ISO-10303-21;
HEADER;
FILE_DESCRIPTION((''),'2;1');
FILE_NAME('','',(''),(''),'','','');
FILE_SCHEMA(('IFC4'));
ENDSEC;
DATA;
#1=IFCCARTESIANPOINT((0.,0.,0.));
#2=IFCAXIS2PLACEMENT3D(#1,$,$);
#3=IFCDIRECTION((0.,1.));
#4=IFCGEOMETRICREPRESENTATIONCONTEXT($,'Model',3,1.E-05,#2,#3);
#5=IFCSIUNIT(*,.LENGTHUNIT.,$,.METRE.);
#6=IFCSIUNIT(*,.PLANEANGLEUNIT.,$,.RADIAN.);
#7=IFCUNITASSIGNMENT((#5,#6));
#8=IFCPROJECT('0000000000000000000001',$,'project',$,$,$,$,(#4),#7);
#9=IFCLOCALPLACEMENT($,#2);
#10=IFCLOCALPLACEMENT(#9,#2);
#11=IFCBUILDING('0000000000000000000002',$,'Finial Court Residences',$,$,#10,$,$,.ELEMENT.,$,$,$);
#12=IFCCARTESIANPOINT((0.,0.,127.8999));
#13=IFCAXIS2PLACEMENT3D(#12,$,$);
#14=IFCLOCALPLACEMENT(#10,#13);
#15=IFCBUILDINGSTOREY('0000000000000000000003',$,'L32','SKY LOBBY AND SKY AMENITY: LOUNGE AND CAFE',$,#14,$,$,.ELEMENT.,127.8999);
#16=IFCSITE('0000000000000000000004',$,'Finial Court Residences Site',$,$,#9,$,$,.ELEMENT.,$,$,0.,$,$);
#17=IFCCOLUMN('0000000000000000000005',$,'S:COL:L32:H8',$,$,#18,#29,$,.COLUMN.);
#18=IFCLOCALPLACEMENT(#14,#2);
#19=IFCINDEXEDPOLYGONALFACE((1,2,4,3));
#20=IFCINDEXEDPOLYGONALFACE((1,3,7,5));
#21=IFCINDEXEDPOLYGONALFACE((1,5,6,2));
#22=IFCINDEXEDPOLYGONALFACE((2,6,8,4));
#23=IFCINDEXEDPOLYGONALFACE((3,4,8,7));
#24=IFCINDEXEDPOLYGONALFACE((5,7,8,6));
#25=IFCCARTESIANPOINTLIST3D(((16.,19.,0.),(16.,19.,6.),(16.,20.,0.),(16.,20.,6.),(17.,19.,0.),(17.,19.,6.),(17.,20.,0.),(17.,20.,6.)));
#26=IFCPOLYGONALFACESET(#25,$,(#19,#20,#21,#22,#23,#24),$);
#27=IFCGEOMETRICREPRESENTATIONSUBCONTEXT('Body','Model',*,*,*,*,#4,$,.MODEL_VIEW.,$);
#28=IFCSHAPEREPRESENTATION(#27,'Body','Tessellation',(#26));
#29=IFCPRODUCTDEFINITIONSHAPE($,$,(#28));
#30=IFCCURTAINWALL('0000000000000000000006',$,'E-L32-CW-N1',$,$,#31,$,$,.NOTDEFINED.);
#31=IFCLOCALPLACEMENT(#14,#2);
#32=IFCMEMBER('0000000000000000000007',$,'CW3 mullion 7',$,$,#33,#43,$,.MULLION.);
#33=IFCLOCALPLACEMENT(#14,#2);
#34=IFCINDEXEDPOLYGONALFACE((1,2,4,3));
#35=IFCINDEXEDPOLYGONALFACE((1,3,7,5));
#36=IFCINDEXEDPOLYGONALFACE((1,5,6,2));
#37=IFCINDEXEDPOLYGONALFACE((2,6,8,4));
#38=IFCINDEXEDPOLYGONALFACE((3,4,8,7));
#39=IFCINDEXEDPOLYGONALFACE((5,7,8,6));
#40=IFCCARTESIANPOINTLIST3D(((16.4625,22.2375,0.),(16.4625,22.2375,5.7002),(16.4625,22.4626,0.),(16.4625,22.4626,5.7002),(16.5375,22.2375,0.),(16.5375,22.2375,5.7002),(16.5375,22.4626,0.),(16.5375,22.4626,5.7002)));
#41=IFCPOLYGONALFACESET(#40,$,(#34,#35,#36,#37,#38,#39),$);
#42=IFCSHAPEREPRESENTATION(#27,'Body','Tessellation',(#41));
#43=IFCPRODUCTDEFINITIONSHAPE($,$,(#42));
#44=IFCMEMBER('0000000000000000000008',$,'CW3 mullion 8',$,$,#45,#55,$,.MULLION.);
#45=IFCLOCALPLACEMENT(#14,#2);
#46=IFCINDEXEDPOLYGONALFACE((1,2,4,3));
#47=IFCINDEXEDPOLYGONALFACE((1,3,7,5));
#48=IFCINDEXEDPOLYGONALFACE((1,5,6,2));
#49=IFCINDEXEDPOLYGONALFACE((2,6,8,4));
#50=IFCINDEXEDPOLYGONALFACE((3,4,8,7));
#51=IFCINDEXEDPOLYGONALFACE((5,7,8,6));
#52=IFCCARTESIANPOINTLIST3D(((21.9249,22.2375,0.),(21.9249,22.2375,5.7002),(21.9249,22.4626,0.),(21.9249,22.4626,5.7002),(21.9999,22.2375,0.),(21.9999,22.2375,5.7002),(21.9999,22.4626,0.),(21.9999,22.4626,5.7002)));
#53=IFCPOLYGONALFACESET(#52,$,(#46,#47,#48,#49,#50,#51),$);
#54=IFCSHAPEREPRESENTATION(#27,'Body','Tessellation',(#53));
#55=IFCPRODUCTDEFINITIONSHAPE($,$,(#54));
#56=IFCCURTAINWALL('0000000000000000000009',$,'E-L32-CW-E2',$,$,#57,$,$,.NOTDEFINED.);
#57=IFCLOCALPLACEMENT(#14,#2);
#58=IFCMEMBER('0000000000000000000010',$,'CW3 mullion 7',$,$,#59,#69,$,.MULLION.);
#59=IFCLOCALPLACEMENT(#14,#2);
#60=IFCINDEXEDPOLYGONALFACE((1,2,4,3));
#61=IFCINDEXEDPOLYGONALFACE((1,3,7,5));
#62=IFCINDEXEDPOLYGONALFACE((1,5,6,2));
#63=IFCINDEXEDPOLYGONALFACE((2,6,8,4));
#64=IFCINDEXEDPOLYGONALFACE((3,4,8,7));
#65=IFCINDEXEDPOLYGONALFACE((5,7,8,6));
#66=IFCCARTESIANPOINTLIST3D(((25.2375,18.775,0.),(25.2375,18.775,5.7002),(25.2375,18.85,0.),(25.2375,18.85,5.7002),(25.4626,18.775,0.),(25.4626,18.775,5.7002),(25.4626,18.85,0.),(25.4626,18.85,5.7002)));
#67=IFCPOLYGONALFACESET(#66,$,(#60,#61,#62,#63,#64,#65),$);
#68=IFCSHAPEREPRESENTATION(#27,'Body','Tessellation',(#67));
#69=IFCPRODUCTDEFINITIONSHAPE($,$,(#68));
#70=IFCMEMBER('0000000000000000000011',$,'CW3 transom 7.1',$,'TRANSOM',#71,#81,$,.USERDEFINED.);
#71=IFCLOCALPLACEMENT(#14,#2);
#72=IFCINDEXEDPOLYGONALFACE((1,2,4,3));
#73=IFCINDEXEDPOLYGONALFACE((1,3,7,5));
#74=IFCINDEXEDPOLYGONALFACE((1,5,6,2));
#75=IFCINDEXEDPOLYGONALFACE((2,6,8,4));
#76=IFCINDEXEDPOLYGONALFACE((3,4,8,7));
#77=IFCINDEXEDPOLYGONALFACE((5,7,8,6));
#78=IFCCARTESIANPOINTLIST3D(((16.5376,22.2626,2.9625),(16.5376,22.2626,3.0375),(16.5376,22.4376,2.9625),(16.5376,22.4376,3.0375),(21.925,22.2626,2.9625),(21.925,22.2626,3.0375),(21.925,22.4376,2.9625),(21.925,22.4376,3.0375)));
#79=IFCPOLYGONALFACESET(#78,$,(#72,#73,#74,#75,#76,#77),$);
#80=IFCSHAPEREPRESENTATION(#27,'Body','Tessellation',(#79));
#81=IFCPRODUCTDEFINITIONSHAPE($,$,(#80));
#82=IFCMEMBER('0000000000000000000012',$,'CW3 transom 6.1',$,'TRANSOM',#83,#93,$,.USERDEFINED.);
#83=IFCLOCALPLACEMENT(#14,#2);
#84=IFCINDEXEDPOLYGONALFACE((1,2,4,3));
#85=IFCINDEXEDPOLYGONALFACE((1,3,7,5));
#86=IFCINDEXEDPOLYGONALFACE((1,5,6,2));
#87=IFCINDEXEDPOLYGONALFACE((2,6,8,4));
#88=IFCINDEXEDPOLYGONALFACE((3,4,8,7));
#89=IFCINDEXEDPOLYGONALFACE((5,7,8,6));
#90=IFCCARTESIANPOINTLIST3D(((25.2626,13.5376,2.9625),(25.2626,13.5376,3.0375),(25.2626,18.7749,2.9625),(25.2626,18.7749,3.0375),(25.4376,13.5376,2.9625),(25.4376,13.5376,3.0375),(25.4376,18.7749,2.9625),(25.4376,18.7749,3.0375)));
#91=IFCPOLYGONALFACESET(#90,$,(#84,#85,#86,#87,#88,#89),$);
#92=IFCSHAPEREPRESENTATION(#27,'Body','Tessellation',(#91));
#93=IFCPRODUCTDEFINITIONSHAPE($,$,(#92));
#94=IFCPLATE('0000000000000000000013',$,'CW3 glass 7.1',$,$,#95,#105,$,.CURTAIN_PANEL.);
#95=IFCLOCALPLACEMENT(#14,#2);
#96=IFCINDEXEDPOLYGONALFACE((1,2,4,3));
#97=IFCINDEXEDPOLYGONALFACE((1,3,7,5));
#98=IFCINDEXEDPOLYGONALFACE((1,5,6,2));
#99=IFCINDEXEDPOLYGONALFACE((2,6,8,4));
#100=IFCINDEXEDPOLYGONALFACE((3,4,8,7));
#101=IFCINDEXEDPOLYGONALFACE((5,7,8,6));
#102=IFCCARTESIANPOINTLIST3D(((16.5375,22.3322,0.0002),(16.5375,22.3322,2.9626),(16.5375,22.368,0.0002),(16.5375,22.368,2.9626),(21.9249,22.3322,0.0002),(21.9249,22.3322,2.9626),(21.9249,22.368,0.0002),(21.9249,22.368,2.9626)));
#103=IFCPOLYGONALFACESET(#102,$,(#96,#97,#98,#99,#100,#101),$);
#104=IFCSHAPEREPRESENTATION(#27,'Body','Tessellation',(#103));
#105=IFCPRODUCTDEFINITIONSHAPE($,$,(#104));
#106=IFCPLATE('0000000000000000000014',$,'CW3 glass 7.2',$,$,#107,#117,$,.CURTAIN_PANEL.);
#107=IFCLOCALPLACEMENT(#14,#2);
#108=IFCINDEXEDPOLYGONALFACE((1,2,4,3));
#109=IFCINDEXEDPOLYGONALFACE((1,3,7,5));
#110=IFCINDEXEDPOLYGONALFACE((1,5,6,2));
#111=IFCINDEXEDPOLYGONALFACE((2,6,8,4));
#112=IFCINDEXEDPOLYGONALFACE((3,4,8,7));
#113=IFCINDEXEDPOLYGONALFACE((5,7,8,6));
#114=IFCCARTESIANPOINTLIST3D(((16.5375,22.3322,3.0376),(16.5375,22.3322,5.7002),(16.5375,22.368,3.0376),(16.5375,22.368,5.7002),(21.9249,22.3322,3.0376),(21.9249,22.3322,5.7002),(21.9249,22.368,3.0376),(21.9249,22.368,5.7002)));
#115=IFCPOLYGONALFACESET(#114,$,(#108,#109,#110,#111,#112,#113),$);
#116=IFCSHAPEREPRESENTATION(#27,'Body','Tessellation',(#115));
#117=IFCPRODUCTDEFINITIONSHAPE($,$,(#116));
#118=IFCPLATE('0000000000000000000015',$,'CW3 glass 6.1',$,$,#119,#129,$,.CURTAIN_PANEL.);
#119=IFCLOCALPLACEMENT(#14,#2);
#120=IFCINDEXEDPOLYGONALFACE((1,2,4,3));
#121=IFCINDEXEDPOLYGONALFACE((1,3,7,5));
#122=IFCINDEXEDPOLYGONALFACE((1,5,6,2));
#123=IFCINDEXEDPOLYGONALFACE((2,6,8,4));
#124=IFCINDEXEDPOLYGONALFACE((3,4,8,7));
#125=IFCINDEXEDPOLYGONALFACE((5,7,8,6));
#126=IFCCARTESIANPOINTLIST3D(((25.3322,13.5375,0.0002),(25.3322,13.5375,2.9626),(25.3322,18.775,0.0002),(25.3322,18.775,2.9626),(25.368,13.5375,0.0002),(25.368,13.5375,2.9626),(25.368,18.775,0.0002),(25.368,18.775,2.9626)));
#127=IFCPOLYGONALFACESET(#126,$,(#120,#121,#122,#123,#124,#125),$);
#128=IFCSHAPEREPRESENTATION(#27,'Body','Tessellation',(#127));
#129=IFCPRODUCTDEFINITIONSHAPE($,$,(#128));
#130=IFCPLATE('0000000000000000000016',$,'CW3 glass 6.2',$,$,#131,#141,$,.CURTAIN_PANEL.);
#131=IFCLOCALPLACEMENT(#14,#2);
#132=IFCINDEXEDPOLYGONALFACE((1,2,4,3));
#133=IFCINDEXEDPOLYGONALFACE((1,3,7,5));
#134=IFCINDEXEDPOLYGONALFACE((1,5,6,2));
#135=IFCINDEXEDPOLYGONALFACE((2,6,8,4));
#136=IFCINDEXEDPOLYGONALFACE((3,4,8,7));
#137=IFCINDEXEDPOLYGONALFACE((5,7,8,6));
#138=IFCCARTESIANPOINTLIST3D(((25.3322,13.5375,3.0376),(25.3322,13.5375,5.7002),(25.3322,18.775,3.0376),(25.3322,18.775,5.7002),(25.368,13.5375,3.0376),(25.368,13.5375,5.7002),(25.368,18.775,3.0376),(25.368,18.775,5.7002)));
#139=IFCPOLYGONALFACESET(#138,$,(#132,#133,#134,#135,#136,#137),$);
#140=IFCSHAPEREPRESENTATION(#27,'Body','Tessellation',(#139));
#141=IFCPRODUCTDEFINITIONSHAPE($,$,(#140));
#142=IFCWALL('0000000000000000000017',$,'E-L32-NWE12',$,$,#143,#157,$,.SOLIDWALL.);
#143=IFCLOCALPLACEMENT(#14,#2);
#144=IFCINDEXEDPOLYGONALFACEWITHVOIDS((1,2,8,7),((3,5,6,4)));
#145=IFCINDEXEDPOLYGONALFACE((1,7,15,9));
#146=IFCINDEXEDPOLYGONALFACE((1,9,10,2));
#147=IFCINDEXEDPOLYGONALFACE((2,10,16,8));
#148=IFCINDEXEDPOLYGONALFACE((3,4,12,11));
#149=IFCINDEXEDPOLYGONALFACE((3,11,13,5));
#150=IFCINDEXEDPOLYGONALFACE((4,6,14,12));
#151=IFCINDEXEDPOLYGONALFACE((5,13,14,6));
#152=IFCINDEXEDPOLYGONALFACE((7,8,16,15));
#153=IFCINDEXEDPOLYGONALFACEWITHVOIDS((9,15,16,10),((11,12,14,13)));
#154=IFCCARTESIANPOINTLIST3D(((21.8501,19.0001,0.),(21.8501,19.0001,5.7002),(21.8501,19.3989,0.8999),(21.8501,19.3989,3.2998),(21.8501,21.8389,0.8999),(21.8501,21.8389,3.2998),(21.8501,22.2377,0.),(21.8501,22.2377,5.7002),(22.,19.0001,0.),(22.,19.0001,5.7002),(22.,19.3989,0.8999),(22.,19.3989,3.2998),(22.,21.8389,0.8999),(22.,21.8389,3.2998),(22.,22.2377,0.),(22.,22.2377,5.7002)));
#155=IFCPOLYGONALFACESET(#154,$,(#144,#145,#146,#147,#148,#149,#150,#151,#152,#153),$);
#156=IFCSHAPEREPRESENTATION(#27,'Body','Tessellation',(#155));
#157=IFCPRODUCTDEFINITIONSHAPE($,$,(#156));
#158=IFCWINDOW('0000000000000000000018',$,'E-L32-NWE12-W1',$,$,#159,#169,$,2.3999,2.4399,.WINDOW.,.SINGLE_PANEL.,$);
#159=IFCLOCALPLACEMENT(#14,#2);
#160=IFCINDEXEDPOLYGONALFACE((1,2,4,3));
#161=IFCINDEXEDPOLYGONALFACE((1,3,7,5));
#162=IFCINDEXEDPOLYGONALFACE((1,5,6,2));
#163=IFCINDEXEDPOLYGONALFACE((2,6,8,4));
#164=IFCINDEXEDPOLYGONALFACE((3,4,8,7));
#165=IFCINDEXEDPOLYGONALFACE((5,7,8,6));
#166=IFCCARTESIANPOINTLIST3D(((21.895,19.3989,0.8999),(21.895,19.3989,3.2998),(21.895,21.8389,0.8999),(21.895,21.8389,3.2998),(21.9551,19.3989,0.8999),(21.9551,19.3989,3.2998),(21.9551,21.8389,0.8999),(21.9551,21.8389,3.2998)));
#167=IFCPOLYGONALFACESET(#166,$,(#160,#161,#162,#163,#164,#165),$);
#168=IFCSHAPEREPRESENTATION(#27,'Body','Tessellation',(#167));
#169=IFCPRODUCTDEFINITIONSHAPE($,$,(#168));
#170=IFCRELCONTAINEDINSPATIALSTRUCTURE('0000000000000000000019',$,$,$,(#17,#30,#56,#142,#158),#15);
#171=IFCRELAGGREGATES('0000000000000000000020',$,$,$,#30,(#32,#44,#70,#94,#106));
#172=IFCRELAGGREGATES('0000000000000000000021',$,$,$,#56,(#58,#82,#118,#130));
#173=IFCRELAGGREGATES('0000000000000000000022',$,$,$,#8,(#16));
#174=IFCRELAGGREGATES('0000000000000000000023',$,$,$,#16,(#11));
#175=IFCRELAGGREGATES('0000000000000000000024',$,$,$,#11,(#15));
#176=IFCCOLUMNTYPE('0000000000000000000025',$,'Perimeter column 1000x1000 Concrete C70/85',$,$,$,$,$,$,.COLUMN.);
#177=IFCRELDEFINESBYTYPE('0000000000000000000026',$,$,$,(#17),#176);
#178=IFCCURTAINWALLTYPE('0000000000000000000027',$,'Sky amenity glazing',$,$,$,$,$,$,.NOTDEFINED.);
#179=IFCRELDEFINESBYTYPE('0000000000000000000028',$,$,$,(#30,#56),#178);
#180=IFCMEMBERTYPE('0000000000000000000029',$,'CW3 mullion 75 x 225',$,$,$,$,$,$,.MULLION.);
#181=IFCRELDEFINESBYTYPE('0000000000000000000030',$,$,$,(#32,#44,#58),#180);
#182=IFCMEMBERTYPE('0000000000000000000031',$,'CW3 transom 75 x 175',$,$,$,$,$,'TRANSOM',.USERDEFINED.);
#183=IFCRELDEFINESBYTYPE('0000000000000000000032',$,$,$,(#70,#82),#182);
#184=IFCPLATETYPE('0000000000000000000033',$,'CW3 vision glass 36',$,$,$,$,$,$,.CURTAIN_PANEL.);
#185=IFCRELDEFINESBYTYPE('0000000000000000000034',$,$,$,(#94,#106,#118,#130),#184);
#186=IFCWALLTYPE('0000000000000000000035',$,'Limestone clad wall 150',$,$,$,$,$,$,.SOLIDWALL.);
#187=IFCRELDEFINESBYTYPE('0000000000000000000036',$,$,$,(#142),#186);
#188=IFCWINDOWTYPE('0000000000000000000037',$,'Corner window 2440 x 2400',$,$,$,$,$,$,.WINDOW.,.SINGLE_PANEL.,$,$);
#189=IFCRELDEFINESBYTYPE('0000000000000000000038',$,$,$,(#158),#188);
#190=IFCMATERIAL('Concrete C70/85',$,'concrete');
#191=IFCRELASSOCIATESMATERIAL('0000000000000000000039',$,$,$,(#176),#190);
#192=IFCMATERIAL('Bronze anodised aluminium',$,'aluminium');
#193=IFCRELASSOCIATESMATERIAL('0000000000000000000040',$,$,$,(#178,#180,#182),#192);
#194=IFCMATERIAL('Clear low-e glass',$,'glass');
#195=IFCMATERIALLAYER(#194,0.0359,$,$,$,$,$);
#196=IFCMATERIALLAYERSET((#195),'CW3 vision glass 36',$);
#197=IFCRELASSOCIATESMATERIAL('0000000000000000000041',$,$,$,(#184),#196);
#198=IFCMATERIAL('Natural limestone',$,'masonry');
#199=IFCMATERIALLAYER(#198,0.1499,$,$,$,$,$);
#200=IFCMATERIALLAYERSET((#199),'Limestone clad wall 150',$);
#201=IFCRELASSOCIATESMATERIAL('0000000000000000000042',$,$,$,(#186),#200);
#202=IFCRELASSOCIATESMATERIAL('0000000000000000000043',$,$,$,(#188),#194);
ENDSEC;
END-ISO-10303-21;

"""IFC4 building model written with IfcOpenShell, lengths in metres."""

from ifc_helpers import new_model, si_unit, direction, frame, frame_2d, origin, origin_2d, place, context, subcontext, project, spatial, rectangle, extrude, material, layer, layer_set, material_profile, profile_set, type_object, element, fill, aggregate, save


model = new_model("IFC4")

# Units and contexts
model_context = context("Model", 3, precision=1e-05, world=origin(), true_north=direction((0.0, 1.0)))
body_context = subcontext(model_context, "Body", "Model", "MODEL_VIEW")
ifc_project = project(units=[si_unit("LENGTHUNIT", "METRE"), si_unit("PLANEANGLEUNIT", "RADIAN")], contexts=[model_context])

# Site, building, storey
site_placement = place(None, origin())
site = spatial("IfcSite", under=ifc_project, at=site_placement, Name="Finial Court Residences Site", CompositionType="ELEMENT", RefElevation=0.0)
building_placement = place(site_placement, origin())
building = spatial("IfcBuilding", under=site, at=building_placement, Name="Finial Court Residences", CompositionType="ELEMENT")
storey_placement = place(building_placement, frame((0.0, 0.0, 127.8999)))
storey = spatial("IfcBuildingStorey", under=building, at=storey_placement, Name="L32", Description="SKY LOBBY AND SKY AMENITY: LOUNGE AND CAFE", CompositionType="ELEMENT", Elevation=127.8999)

# Column
ifc_material_1 = material(Name="Concrete C70/85", Category="concrete")
ifc_material_profile_1 = material_profile(ifc_material_1, rectangle(XDim=1.0, YDim=1.0, at=origin_2d()), Name="1000x1000")
ifc_profile_set_1 = profile_set([ifc_material_profile_1], Name="Concrete C70/85")
column_type = type_object("IfcColumnType", Name="Perimeter column 1000x1000 Concrete C70/85", PredefinedType="COLUMN", material=ifc_profile_set_1)
column_placement = place(storey_placement, frame((16.5, 19.5, 0.0), z_axis=(0.0, 0.0, 1.0), x_axis=(1.0, 0.0, 0.0)))
element("IfcColumn", 1, at=column_placement, inside=storey, type_object=column_type, Name="S:COL:L32:H8", PredefinedType="COLUMN", context=body_context, shape_type="SweptSolid", body=[
    extrude(rectangle(XDim=1.0, YDim=1.0, at=origin_2d()), origin(), (0.0, 0.0, 1.0), 6.0),
])

# Curtain wall, members
ifc_material_2 = material(Name="Bronze anodised aluminium", Category="aluminium")
curtain_wall_type = type_object("IfcCurtainWallType", Name="Sky amenity glazing", PredefinedType="NOTDEFINED", material=ifc_material_2)
curtain_wall_1_placement = place(storey_placement, origin())
curtain_wall_1 = element("IfcCurtainWall", 2, at=curtain_wall_1_placement, inside=storey, type_object=curtain_wall_type, Name="E-L32-CW-N1", PredefinedType="NOTDEFINED")
ifc_material_profile_2 = material_profile(ifc_material_2, rectangle(XDim=0.2251, YDim=0.075, at=origin_2d()), Name="CW3 mullion 75 x 225")
ifc_profile_set_2 = profile_set([ifc_material_profile_2], Name="Bronze anodised aluminium")
member_type_1 = type_object("IfcMemberType", Name="CW3 mullion 75 x 225", PredefinedType="MULLION", material=ifc_profile_set_2)
member_1_placement = place(storey_placement, frame((16.5, 22.3501, 0.0), z_axis=(0.0, 0.0, 1.0), x_axis=(0.0, 1.0, 0.0)))
member_1 = element("IfcMember", 3, at=member_1_placement, type_object=member_type_1, Name="CW3 mullion 7", PredefinedType="MULLION", context=body_context, shape_type="SweptSolid", body=[
    extrude(rectangle(XDim=0.2251, YDim=0.075, at=origin_2d()), origin(), (0.0, 0.0, 1.0), 5.7002),
])
member_2_placement = place(storey_placement, frame((21.9624, 22.3501, 0.0), z_axis=(0.0, 0.0, 1.0), x_axis=(0.0, 1.0, 0.0)))
member_2 = element("IfcMember", 4, at=member_2_placement, type_object=member_type_1, Name="CW3 mullion 8", PredefinedType="MULLION", context=body_context, shape_type="SweptSolid", body=[
    extrude(rectangle(XDim=0.2251, YDim=0.075, at=origin_2d()), origin(), (0.0, 0.0, 1.0), 5.7002),
])

# Curtain wall, member
curtain_wall_2_placement = place(storey_placement, origin())
curtain_wall_2 = element("IfcCurtainWall", 5, at=curtain_wall_2_placement, inside=storey, type_object=curtain_wall_type, Name="E-L32-CW-E2", PredefinedType="NOTDEFINED")
member_3_placement = place(storey_placement, frame((25.3501, 18.8125, 0.0), z_axis=(0.0, 0.0, 1.0), x_axis=(-1.0, 0.0, 0.0)))
member_3 = element("IfcMember", 6, at=member_3_placement, type_object=member_type_1, Name="CW3 mullion 7", PredefinedType="MULLION", context=body_context, shape_type="SweptSolid", body=[
    extrude(rectangle(XDim=0.2251, YDim=0.075, at=origin_2d()), origin(), (0.0, 0.0, 1.0), 5.7002),
])

# Members
ifc_material_profile_3 = material_profile(ifc_material_2, rectangle(XDim=0.175, YDim=0.075, at=origin_2d()), Name="CW3 transom 75 x 175")
ifc_profile_set_3 = profile_set([ifc_material_profile_3], Name="Bronze anodised aluminium")
member_type_2 = type_object("IfcMemberType", Name="CW3 transom 75 x 175", ElementType="TRANSOM", PredefinedType="USERDEFINED", material=ifc_profile_set_3)
member_4_placement = place(storey_placement, frame((16.5376, 22.3501, 3.0), z_axis=(1.0, 0.0, 0.0), x_axis=(0.0, 1.0, 0.0)))
member_4 = element("IfcMember", 7, at=member_4_placement, type_object=member_type_2, Name="CW3 transom 7.1", ObjectType="TRANSOM", PredefinedType="USERDEFINED", context=body_context, shape_type="SweptSolid", body=[
    extrude(rectangle(XDim=0.175, YDim=0.075, at=origin_2d()), origin(), (0.0, 0.0, 1.0), 5.3875),
])
member_5_placement = place(storey_placement, frame((25.3501, 13.5376, 3.0), z_axis=(0.0, 1.0, 0.0), x_axis=(-1.0, 0.0, 0.0)))
member_5 = element("IfcMember", 8, at=member_5_placement, type_object=member_type_2, Name="CW3 transom 6.1", ObjectType="TRANSOM", PredefinedType="USERDEFINED", context=body_context, shape_type="SweptSolid", body=[
    extrude(rectangle(XDim=0.175, YDim=0.075, at=origin_2d()), origin(), (0.0, 0.0, 1.0), 5.2373),
])

# Plates
ifc_material_3 = material(Name="Clear low-e glass", Category="glass")
ifc_layer_1 = layer(ifc_material_3, 0.0359)
ifc_layer_set_1 = layer_set([ifc_layer_1], Name="CW3 vision glass 36")
plate_type = type_object("IfcPlateType", Name="CW3 vision glass 36", PredefinedType="CURTAIN_PANEL", material=ifc_layer_set_1)
plate_1_placement = place(storey_placement, frame((19.2312, 22.3501, 0.0002), z_axis=(0.0, 0.0, 1.0), x_axis=(1.0, 0.0, 0.0)))
plate_1 = element("IfcPlate", 9, at=plate_1_placement, type_object=plate_type, Name="CW3 glass 7.1", PredefinedType="CURTAIN_PANEL", context=body_context, shape_type="SweptSolid", body=[
    extrude(rectangle(XDim=5.3875, YDim=0.0359, at=origin_2d()), origin(), (0.0, 0.0, 1.0), 2.9624),
])
plate_2_placement = place(storey_placement, frame((19.2312, 22.3501, 3.0376), z_axis=(0.0, 0.0, 1.0), x_axis=(1.0, 0.0, 0.0)))
plate_2 = element("IfcPlate", 10, at=plate_2_placement, type_object=plate_type, Name="CW3 glass 7.2", PredefinedType="CURTAIN_PANEL", context=body_context, shape_type="SweptSolid", body=[
    extrude(rectangle(XDim=5.3875, YDim=0.0359, at=origin_2d()), origin(), (0.0, 0.0, 1.0), 2.6626),
])
aggregate(curtain_wall_1, [member_1, member_2, member_4, plate_1, plate_2])
plate_3_placement = place(storey_placement, frame((25.3501, 16.1562, 0.0002), z_axis=(0.0, 0.0, 1.0), x_axis=(0.0, 1.0, 0.0)))
plate_3 = element("IfcPlate", 11, at=plate_3_placement, type_object=plate_type, Name="CW3 glass 6.1", PredefinedType="CURTAIN_PANEL", context=body_context, shape_type="SweptSolid", body=[
    extrude(rectangle(XDim=5.2375, YDim=0.0359, at=origin_2d()), origin(), (0.0, 0.0, 1.0), 2.9624),
])
plate_4_placement = place(storey_placement, frame((25.3501, 16.1562, 3.0376), z_axis=(0.0, 0.0, 1.0), x_axis=(0.0, 1.0, 0.0)))
plate_4 = element("IfcPlate", 12, at=plate_4_placement, type_object=plate_type, Name="CW3 glass 6.2", PredefinedType="CURTAIN_PANEL", context=body_context, shape_type="SweptSolid", body=[
    extrude(rectangle(XDim=5.2375, YDim=0.0359, at=origin_2d()), origin(), (0.0, 0.0, 1.0), 2.6626),
])
aggregate(curtain_wall_2, [member_3, member_5, plate_3, plate_4])

# Wall, opening, window
ifc_material_4 = material(Name="Natural limestone", Category="masonry")
ifc_layer_2 = layer(ifc_material_4, 0.1499)
ifc_layer_set_2 = layer_set([ifc_layer_2], Name="Limestone clad wall 150")
wall_type = type_object("IfcWallType", Name="Limestone clad wall 150", PredefinedType="SOLIDWALL", material=ifc_layer_set_2)
wall_1_placement = place(storey_placement, frame((21.925, 22.2375, 0.0), z_axis=(0.0, 0.0, 1.0), x_axis=(0.0, -1.0, 0.0)))
wall_1 = element("IfcWall", 13, at=wall_1_placement, inside=storey, type_object=wall_type, Name="E-L32-NWE12", PredefinedType="SOLIDWALL", context=body_context, shape_type="SweptSolid", body=[
    extrude(rectangle(XDim=3.2375, YDim=0.1499, at=frame_2d((1.6187, 0.0))), origin(), (0.0, 0.0, 1.0), 5.7002),
])
opening_1_placement = place(wall_1_placement, frame((0.3987, 0.0, 0.8999)))
opening_1 = element("IfcOpeningElement", 14, at=opening_1_placement, cuts=wall_1, PredefinedType="OPENING", context=body_context, shape_type="SweptSolid", body=[
    extrude(rectangle(XDim=2.4399, YDim=2.3999, at=frame_2d((1.22, 1.2))), frame((0.0, 0.085, 0.0), z_axis=(0.0, -1.0, 0.0), x_axis=(1.0, 0.0, 0.0)), (0.0, 0.0, 1.0), 0.1699),
])
window_type_1 = type_object("IfcWindowType", Name="Corner window 2440 x 2400", PartitioningType="SINGLE_PANEL", PredefinedType="WINDOW", material=ifc_material_3)
window_1_placement = place(opening_1_placement, origin())
window_1 = element("IfcWindow", 15, at=window_1_placement, inside=storey, type_object=window_type_1, Name="E-L32-NWE12-W1", OverallHeight=2.3999, OverallWidth=2.4399, PartitioningType="SINGLE_PANEL", PredefinedType="WINDOW", context=body_context, shape_type="SweptSolid", body=[
    extrude(rectangle(XDim=2.4399, YDim=2.3999, at=frame_2d((1.22, 1.2))), frame((0.0, 0.03, 0.0), z_axis=(0.0, -1.0, 0.0), x_axis=(1.0, 0.0, 0.0)), (0.0, 0.0, 1.0), 0.0601),
])
fill(opening_1, window_1)

save(model, "model.ifc")
